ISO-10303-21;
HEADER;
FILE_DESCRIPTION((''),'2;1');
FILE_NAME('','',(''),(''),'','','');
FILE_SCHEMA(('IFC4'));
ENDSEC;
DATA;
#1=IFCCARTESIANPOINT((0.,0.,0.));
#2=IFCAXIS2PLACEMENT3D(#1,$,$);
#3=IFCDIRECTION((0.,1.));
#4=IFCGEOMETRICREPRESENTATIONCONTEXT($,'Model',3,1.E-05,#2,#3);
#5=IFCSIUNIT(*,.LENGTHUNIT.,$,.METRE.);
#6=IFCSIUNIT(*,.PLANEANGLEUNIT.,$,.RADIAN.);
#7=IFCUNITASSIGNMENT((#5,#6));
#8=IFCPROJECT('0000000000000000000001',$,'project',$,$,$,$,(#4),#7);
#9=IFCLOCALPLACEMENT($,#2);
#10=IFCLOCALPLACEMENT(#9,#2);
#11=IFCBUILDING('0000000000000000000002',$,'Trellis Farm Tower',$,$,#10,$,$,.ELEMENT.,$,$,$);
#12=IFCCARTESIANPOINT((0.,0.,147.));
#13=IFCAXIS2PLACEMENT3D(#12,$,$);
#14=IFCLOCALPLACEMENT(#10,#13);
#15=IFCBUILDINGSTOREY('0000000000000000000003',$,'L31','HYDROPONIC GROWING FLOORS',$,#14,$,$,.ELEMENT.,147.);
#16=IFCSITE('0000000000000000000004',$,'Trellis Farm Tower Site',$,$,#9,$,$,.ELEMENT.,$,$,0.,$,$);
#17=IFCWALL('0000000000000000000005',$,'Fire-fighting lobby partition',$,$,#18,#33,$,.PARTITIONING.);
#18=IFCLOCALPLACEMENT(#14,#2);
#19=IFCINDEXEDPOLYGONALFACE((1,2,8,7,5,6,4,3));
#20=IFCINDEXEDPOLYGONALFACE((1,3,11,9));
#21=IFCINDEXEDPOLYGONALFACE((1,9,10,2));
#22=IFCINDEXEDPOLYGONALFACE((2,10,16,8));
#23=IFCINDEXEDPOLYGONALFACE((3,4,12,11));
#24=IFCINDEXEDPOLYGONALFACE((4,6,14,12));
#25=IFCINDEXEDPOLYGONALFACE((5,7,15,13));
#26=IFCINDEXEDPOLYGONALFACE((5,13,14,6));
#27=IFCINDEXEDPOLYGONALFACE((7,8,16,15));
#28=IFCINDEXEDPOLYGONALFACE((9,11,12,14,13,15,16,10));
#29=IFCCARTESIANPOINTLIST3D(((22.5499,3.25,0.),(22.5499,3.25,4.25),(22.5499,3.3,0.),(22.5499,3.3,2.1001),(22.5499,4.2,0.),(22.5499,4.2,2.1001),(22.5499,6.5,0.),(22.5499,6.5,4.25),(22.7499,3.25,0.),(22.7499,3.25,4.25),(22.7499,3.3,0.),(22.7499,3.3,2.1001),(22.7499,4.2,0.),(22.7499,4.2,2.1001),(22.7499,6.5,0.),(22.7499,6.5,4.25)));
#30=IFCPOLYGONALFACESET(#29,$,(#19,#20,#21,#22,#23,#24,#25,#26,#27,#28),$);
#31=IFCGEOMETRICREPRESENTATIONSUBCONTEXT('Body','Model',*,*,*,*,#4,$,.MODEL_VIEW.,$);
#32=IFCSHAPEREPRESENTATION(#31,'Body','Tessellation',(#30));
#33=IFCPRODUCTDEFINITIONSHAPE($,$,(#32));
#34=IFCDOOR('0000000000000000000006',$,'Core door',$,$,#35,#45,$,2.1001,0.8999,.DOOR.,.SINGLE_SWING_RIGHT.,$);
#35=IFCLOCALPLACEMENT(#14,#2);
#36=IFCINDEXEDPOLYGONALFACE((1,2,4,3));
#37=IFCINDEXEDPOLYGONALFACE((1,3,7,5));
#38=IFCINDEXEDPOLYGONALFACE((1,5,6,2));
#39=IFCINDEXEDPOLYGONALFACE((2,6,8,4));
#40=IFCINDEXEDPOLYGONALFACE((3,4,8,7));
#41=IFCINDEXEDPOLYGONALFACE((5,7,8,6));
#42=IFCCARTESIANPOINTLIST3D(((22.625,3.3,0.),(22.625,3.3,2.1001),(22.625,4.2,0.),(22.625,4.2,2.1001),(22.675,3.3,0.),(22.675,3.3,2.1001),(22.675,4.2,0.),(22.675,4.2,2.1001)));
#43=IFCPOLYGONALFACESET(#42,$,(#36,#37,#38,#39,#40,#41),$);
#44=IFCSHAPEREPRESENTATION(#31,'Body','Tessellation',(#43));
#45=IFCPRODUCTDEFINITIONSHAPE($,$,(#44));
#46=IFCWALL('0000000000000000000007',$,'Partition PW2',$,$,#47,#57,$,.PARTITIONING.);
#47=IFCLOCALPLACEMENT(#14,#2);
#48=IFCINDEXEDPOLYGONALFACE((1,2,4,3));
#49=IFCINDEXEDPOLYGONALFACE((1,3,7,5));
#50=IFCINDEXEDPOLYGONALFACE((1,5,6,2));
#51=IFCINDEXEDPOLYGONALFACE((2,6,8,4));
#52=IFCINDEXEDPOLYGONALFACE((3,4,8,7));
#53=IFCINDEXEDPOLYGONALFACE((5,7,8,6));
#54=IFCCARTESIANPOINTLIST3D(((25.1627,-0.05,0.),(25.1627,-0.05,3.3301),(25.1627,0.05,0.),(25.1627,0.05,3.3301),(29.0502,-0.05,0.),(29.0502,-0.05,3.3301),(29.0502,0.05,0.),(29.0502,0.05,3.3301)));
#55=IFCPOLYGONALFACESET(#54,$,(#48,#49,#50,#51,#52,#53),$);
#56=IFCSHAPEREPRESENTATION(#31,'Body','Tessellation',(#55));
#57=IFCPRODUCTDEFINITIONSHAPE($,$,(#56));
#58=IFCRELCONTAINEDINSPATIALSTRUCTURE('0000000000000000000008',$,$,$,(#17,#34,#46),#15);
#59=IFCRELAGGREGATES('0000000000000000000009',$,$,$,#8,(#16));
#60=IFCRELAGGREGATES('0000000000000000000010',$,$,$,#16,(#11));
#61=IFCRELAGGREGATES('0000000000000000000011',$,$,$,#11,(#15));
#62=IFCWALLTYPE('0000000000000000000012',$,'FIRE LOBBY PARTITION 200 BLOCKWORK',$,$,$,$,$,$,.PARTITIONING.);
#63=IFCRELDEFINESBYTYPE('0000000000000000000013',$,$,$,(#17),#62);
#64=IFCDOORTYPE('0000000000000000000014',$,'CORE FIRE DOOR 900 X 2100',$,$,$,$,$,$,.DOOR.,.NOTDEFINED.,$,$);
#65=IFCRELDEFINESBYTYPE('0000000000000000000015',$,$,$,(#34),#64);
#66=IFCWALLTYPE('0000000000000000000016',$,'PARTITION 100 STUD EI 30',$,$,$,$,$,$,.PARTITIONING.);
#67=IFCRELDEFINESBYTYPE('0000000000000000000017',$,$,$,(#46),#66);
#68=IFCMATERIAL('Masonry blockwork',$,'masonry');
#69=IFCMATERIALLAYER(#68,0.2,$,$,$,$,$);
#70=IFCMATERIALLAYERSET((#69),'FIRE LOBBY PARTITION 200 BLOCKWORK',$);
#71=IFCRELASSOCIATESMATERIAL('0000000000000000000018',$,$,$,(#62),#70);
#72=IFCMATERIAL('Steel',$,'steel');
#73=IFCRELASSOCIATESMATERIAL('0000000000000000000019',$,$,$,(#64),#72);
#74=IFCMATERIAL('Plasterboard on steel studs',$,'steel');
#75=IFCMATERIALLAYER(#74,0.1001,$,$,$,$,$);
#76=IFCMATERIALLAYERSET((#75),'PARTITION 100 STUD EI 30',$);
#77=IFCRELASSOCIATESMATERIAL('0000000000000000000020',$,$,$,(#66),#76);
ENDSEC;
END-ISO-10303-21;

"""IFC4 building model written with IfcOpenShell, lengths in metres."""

from ifc_helpers import new_model, si_unit, direction, frame, frame_2d, origin, place, context, subcontext, project, spatial, rectangle, extrude, source, transform, mapped, material, layer, layer_set, type_object, element, fill, save


model = new_model("IFC4")

# Units and contexts
model_context = context("Model", 3, precision=1e-05, world=origin(), true_north=direction((0.0, 1.0)))
body_context = subcontext(model_context, "Body", "Model", "MODEL_VIEW")
ifc_project = project(units=[si_unit("LENGTHUNIT", "METRE"), si_unit("PLANEANGLEUNIT", "RADIAN")], contexts=[model_context])

# Site, building, storey
site_placement = place(None, origin())
site = spatial("IfcSite", under=ifc_project, at=site_placement, Name="Trellis Farm Tower Site", CompositionType="ELEMENT", RefElevation=0.0)
building_placement = place(site_placement, origin())
building = spatial("IfcBuilding", under=site, at=building_placement, Name="Trellis Farm Tower", CompositionType="ELEMENT")
storey_placement = place(building_placement, frame((0.0, 0.0, 147.0)))
storey = spatial("IfcBuildingStorey", under=building, at=storey_placement, Name="L31", Description="HYDROPONIC GROWING FLOORS", CompositionType="ELEMENT", Elevation=147.0)

# Wall, opening, door
ifc_material_1 = material(Name="Masonry blockwork", Category="masonry")
ifc_layer_1 = layer(ifc_material_1, 0.2)
ifc_layer_set_1 = layer_set([ifc_layer_1], Name="FIRE LOBBY PARTITION 200 BLOCKWORK")
wall_type_1 = type_object("IfcWallType", Name="FIRE LOBBY PARTITION 200 BLOCKWORK", PredefinedType="PARTITIONING", material=ifc_layer_set_1)
shared_shape_1 = source(origin(), body_context, "Body", "SweptSolid", [
    extrude(rectangle(XDim=3.25, YDim=0.2, at=frame_2d((1.625, 0.0))), origin(), (0.0, 0.0, 1.0), 4.25),
])
ifc_material_2 = material(Name="Steel", Category="steel")
wall_1_placement = place(storey_placement, frame((22.6499, 3.25, 0.0), z_axis=(0.0, 0.0, 1.0), x_axis=(0.0, 1.0, 0.0)))
wall_1 = element("IfcWall", 1, at=wall_1_placement, inside=storey, type_object=wall_type_1, Name="Fire-fighting lobby partition", PredefinedType="PARTITIONING", context=body_context, shape_type="MappedRepresentation", body=[
    mapped(shared_shape_1, transform((0.0, 0.0, 0.0))),
])
shared_shape_2 = source(origin(), body_context, "Body", "SweptSolid", [
    extrude(rectangle(XDim=0.8999, YDim=2.1001, at=frame_2d((0.45, 1.05))), frame((0.0, 0.1101, 0.0), z_axis=(0.0, -1.0, 0.0), x_axis=(1.0, 0.0, 0.0)), (0.0, 0.0, 1.0), 0.2202),
])
opening_1_placement = place(wall_1_placement, frame((0.05, 0.0, 0.0)))
opening_1 = element("IfcOpeningElement", 2, at=opening_1_placement, cuts=wall_1, PredefinedType="OPENING", context=body_context, shape_type="MappedRepresentation", body=[
    mapped(shared_shape_2, transform((0.0, 0.0, 0.0))),
])
door_type_1 = type_object("IfcDoorType", Name="CORE FIRE DOOR 900 X 2100", OperationType="NOTDEFINED", PredefinedType="DOOR", material=ifc_material_2)
shared_shape_3 = source(origin(), body_context, "Body", "SweptSolid", [
    extrude(rectangle(XDim=0.8999, YDim=2.1001, at=frame_2d((0.45, 1.05))), frame((0.0, 0.0249, 0.0), z_axis=(0.0, -1.0, 0.0), x_axis=(1.0, 0.0, 0.0)), (0.0, 0.0, 1.0), 0.05),
])
door_1_placement = place(opening_1_placement, origin())
door_1 = element("IfcDoor", 3, at=door_1_placement, inside=storey, type_object=door_type_1, Name="Core door", OperationType="SINGLE_SWING_RIGHT", OverallHeight=2.1001, OverallWidth=0.8999, PredefinedType="DOOR", context=body_context, shape_type="MappedRepresentation", body=[
    mapped(shared_shape_3, transform((0.0, 0.0, 0.0))),
])
fill(opening_1, door_1)

# Wall
ifc_material_3 = material(Name="Plasterboard on steel studs", Category="steel")
ifc_layer_2 = layer(ifc_material_3, 0.1001)
ifc_layer_set_2 = layer_set([ifc_layer_2], Name="PARTITION 100 STUD EI 30")
wall_type_2 = type_object("IfcWallType", Name="PARTITION 100 STUD EI 30", PredefinedType="PARTITIONING", material=ifc_layer_set_2)
shared_shape_4 = source(origin(), body_context, "Body", "SweptSolid", [
    extrude(rectangle(XDim=3.8875, YDim=0.1001, at=frame_2d((1.9438, 0.0))), origin(), (0.0, 0.0, 1.0), 3.3301),
])
wall_2_placement = place(storey_placement, frame((25.1626, 0.0, 0.0), z_axis=(0.0, 0.0, 1.0), x_axis=(1.0, 0.0, 0.0)))
element("IfcWall", 4, at=wall_2_placement, inside=storey, type_object=wall_type_2, Name="Partition PW2", PredefinedType="PARTITIONING", context=body_context, shape_type="MappedRepresentation", body=[
    mapped(shared_shape_4, transform((0.0, 0.0, 0.0))),
])

save(model, "model.ifc")
